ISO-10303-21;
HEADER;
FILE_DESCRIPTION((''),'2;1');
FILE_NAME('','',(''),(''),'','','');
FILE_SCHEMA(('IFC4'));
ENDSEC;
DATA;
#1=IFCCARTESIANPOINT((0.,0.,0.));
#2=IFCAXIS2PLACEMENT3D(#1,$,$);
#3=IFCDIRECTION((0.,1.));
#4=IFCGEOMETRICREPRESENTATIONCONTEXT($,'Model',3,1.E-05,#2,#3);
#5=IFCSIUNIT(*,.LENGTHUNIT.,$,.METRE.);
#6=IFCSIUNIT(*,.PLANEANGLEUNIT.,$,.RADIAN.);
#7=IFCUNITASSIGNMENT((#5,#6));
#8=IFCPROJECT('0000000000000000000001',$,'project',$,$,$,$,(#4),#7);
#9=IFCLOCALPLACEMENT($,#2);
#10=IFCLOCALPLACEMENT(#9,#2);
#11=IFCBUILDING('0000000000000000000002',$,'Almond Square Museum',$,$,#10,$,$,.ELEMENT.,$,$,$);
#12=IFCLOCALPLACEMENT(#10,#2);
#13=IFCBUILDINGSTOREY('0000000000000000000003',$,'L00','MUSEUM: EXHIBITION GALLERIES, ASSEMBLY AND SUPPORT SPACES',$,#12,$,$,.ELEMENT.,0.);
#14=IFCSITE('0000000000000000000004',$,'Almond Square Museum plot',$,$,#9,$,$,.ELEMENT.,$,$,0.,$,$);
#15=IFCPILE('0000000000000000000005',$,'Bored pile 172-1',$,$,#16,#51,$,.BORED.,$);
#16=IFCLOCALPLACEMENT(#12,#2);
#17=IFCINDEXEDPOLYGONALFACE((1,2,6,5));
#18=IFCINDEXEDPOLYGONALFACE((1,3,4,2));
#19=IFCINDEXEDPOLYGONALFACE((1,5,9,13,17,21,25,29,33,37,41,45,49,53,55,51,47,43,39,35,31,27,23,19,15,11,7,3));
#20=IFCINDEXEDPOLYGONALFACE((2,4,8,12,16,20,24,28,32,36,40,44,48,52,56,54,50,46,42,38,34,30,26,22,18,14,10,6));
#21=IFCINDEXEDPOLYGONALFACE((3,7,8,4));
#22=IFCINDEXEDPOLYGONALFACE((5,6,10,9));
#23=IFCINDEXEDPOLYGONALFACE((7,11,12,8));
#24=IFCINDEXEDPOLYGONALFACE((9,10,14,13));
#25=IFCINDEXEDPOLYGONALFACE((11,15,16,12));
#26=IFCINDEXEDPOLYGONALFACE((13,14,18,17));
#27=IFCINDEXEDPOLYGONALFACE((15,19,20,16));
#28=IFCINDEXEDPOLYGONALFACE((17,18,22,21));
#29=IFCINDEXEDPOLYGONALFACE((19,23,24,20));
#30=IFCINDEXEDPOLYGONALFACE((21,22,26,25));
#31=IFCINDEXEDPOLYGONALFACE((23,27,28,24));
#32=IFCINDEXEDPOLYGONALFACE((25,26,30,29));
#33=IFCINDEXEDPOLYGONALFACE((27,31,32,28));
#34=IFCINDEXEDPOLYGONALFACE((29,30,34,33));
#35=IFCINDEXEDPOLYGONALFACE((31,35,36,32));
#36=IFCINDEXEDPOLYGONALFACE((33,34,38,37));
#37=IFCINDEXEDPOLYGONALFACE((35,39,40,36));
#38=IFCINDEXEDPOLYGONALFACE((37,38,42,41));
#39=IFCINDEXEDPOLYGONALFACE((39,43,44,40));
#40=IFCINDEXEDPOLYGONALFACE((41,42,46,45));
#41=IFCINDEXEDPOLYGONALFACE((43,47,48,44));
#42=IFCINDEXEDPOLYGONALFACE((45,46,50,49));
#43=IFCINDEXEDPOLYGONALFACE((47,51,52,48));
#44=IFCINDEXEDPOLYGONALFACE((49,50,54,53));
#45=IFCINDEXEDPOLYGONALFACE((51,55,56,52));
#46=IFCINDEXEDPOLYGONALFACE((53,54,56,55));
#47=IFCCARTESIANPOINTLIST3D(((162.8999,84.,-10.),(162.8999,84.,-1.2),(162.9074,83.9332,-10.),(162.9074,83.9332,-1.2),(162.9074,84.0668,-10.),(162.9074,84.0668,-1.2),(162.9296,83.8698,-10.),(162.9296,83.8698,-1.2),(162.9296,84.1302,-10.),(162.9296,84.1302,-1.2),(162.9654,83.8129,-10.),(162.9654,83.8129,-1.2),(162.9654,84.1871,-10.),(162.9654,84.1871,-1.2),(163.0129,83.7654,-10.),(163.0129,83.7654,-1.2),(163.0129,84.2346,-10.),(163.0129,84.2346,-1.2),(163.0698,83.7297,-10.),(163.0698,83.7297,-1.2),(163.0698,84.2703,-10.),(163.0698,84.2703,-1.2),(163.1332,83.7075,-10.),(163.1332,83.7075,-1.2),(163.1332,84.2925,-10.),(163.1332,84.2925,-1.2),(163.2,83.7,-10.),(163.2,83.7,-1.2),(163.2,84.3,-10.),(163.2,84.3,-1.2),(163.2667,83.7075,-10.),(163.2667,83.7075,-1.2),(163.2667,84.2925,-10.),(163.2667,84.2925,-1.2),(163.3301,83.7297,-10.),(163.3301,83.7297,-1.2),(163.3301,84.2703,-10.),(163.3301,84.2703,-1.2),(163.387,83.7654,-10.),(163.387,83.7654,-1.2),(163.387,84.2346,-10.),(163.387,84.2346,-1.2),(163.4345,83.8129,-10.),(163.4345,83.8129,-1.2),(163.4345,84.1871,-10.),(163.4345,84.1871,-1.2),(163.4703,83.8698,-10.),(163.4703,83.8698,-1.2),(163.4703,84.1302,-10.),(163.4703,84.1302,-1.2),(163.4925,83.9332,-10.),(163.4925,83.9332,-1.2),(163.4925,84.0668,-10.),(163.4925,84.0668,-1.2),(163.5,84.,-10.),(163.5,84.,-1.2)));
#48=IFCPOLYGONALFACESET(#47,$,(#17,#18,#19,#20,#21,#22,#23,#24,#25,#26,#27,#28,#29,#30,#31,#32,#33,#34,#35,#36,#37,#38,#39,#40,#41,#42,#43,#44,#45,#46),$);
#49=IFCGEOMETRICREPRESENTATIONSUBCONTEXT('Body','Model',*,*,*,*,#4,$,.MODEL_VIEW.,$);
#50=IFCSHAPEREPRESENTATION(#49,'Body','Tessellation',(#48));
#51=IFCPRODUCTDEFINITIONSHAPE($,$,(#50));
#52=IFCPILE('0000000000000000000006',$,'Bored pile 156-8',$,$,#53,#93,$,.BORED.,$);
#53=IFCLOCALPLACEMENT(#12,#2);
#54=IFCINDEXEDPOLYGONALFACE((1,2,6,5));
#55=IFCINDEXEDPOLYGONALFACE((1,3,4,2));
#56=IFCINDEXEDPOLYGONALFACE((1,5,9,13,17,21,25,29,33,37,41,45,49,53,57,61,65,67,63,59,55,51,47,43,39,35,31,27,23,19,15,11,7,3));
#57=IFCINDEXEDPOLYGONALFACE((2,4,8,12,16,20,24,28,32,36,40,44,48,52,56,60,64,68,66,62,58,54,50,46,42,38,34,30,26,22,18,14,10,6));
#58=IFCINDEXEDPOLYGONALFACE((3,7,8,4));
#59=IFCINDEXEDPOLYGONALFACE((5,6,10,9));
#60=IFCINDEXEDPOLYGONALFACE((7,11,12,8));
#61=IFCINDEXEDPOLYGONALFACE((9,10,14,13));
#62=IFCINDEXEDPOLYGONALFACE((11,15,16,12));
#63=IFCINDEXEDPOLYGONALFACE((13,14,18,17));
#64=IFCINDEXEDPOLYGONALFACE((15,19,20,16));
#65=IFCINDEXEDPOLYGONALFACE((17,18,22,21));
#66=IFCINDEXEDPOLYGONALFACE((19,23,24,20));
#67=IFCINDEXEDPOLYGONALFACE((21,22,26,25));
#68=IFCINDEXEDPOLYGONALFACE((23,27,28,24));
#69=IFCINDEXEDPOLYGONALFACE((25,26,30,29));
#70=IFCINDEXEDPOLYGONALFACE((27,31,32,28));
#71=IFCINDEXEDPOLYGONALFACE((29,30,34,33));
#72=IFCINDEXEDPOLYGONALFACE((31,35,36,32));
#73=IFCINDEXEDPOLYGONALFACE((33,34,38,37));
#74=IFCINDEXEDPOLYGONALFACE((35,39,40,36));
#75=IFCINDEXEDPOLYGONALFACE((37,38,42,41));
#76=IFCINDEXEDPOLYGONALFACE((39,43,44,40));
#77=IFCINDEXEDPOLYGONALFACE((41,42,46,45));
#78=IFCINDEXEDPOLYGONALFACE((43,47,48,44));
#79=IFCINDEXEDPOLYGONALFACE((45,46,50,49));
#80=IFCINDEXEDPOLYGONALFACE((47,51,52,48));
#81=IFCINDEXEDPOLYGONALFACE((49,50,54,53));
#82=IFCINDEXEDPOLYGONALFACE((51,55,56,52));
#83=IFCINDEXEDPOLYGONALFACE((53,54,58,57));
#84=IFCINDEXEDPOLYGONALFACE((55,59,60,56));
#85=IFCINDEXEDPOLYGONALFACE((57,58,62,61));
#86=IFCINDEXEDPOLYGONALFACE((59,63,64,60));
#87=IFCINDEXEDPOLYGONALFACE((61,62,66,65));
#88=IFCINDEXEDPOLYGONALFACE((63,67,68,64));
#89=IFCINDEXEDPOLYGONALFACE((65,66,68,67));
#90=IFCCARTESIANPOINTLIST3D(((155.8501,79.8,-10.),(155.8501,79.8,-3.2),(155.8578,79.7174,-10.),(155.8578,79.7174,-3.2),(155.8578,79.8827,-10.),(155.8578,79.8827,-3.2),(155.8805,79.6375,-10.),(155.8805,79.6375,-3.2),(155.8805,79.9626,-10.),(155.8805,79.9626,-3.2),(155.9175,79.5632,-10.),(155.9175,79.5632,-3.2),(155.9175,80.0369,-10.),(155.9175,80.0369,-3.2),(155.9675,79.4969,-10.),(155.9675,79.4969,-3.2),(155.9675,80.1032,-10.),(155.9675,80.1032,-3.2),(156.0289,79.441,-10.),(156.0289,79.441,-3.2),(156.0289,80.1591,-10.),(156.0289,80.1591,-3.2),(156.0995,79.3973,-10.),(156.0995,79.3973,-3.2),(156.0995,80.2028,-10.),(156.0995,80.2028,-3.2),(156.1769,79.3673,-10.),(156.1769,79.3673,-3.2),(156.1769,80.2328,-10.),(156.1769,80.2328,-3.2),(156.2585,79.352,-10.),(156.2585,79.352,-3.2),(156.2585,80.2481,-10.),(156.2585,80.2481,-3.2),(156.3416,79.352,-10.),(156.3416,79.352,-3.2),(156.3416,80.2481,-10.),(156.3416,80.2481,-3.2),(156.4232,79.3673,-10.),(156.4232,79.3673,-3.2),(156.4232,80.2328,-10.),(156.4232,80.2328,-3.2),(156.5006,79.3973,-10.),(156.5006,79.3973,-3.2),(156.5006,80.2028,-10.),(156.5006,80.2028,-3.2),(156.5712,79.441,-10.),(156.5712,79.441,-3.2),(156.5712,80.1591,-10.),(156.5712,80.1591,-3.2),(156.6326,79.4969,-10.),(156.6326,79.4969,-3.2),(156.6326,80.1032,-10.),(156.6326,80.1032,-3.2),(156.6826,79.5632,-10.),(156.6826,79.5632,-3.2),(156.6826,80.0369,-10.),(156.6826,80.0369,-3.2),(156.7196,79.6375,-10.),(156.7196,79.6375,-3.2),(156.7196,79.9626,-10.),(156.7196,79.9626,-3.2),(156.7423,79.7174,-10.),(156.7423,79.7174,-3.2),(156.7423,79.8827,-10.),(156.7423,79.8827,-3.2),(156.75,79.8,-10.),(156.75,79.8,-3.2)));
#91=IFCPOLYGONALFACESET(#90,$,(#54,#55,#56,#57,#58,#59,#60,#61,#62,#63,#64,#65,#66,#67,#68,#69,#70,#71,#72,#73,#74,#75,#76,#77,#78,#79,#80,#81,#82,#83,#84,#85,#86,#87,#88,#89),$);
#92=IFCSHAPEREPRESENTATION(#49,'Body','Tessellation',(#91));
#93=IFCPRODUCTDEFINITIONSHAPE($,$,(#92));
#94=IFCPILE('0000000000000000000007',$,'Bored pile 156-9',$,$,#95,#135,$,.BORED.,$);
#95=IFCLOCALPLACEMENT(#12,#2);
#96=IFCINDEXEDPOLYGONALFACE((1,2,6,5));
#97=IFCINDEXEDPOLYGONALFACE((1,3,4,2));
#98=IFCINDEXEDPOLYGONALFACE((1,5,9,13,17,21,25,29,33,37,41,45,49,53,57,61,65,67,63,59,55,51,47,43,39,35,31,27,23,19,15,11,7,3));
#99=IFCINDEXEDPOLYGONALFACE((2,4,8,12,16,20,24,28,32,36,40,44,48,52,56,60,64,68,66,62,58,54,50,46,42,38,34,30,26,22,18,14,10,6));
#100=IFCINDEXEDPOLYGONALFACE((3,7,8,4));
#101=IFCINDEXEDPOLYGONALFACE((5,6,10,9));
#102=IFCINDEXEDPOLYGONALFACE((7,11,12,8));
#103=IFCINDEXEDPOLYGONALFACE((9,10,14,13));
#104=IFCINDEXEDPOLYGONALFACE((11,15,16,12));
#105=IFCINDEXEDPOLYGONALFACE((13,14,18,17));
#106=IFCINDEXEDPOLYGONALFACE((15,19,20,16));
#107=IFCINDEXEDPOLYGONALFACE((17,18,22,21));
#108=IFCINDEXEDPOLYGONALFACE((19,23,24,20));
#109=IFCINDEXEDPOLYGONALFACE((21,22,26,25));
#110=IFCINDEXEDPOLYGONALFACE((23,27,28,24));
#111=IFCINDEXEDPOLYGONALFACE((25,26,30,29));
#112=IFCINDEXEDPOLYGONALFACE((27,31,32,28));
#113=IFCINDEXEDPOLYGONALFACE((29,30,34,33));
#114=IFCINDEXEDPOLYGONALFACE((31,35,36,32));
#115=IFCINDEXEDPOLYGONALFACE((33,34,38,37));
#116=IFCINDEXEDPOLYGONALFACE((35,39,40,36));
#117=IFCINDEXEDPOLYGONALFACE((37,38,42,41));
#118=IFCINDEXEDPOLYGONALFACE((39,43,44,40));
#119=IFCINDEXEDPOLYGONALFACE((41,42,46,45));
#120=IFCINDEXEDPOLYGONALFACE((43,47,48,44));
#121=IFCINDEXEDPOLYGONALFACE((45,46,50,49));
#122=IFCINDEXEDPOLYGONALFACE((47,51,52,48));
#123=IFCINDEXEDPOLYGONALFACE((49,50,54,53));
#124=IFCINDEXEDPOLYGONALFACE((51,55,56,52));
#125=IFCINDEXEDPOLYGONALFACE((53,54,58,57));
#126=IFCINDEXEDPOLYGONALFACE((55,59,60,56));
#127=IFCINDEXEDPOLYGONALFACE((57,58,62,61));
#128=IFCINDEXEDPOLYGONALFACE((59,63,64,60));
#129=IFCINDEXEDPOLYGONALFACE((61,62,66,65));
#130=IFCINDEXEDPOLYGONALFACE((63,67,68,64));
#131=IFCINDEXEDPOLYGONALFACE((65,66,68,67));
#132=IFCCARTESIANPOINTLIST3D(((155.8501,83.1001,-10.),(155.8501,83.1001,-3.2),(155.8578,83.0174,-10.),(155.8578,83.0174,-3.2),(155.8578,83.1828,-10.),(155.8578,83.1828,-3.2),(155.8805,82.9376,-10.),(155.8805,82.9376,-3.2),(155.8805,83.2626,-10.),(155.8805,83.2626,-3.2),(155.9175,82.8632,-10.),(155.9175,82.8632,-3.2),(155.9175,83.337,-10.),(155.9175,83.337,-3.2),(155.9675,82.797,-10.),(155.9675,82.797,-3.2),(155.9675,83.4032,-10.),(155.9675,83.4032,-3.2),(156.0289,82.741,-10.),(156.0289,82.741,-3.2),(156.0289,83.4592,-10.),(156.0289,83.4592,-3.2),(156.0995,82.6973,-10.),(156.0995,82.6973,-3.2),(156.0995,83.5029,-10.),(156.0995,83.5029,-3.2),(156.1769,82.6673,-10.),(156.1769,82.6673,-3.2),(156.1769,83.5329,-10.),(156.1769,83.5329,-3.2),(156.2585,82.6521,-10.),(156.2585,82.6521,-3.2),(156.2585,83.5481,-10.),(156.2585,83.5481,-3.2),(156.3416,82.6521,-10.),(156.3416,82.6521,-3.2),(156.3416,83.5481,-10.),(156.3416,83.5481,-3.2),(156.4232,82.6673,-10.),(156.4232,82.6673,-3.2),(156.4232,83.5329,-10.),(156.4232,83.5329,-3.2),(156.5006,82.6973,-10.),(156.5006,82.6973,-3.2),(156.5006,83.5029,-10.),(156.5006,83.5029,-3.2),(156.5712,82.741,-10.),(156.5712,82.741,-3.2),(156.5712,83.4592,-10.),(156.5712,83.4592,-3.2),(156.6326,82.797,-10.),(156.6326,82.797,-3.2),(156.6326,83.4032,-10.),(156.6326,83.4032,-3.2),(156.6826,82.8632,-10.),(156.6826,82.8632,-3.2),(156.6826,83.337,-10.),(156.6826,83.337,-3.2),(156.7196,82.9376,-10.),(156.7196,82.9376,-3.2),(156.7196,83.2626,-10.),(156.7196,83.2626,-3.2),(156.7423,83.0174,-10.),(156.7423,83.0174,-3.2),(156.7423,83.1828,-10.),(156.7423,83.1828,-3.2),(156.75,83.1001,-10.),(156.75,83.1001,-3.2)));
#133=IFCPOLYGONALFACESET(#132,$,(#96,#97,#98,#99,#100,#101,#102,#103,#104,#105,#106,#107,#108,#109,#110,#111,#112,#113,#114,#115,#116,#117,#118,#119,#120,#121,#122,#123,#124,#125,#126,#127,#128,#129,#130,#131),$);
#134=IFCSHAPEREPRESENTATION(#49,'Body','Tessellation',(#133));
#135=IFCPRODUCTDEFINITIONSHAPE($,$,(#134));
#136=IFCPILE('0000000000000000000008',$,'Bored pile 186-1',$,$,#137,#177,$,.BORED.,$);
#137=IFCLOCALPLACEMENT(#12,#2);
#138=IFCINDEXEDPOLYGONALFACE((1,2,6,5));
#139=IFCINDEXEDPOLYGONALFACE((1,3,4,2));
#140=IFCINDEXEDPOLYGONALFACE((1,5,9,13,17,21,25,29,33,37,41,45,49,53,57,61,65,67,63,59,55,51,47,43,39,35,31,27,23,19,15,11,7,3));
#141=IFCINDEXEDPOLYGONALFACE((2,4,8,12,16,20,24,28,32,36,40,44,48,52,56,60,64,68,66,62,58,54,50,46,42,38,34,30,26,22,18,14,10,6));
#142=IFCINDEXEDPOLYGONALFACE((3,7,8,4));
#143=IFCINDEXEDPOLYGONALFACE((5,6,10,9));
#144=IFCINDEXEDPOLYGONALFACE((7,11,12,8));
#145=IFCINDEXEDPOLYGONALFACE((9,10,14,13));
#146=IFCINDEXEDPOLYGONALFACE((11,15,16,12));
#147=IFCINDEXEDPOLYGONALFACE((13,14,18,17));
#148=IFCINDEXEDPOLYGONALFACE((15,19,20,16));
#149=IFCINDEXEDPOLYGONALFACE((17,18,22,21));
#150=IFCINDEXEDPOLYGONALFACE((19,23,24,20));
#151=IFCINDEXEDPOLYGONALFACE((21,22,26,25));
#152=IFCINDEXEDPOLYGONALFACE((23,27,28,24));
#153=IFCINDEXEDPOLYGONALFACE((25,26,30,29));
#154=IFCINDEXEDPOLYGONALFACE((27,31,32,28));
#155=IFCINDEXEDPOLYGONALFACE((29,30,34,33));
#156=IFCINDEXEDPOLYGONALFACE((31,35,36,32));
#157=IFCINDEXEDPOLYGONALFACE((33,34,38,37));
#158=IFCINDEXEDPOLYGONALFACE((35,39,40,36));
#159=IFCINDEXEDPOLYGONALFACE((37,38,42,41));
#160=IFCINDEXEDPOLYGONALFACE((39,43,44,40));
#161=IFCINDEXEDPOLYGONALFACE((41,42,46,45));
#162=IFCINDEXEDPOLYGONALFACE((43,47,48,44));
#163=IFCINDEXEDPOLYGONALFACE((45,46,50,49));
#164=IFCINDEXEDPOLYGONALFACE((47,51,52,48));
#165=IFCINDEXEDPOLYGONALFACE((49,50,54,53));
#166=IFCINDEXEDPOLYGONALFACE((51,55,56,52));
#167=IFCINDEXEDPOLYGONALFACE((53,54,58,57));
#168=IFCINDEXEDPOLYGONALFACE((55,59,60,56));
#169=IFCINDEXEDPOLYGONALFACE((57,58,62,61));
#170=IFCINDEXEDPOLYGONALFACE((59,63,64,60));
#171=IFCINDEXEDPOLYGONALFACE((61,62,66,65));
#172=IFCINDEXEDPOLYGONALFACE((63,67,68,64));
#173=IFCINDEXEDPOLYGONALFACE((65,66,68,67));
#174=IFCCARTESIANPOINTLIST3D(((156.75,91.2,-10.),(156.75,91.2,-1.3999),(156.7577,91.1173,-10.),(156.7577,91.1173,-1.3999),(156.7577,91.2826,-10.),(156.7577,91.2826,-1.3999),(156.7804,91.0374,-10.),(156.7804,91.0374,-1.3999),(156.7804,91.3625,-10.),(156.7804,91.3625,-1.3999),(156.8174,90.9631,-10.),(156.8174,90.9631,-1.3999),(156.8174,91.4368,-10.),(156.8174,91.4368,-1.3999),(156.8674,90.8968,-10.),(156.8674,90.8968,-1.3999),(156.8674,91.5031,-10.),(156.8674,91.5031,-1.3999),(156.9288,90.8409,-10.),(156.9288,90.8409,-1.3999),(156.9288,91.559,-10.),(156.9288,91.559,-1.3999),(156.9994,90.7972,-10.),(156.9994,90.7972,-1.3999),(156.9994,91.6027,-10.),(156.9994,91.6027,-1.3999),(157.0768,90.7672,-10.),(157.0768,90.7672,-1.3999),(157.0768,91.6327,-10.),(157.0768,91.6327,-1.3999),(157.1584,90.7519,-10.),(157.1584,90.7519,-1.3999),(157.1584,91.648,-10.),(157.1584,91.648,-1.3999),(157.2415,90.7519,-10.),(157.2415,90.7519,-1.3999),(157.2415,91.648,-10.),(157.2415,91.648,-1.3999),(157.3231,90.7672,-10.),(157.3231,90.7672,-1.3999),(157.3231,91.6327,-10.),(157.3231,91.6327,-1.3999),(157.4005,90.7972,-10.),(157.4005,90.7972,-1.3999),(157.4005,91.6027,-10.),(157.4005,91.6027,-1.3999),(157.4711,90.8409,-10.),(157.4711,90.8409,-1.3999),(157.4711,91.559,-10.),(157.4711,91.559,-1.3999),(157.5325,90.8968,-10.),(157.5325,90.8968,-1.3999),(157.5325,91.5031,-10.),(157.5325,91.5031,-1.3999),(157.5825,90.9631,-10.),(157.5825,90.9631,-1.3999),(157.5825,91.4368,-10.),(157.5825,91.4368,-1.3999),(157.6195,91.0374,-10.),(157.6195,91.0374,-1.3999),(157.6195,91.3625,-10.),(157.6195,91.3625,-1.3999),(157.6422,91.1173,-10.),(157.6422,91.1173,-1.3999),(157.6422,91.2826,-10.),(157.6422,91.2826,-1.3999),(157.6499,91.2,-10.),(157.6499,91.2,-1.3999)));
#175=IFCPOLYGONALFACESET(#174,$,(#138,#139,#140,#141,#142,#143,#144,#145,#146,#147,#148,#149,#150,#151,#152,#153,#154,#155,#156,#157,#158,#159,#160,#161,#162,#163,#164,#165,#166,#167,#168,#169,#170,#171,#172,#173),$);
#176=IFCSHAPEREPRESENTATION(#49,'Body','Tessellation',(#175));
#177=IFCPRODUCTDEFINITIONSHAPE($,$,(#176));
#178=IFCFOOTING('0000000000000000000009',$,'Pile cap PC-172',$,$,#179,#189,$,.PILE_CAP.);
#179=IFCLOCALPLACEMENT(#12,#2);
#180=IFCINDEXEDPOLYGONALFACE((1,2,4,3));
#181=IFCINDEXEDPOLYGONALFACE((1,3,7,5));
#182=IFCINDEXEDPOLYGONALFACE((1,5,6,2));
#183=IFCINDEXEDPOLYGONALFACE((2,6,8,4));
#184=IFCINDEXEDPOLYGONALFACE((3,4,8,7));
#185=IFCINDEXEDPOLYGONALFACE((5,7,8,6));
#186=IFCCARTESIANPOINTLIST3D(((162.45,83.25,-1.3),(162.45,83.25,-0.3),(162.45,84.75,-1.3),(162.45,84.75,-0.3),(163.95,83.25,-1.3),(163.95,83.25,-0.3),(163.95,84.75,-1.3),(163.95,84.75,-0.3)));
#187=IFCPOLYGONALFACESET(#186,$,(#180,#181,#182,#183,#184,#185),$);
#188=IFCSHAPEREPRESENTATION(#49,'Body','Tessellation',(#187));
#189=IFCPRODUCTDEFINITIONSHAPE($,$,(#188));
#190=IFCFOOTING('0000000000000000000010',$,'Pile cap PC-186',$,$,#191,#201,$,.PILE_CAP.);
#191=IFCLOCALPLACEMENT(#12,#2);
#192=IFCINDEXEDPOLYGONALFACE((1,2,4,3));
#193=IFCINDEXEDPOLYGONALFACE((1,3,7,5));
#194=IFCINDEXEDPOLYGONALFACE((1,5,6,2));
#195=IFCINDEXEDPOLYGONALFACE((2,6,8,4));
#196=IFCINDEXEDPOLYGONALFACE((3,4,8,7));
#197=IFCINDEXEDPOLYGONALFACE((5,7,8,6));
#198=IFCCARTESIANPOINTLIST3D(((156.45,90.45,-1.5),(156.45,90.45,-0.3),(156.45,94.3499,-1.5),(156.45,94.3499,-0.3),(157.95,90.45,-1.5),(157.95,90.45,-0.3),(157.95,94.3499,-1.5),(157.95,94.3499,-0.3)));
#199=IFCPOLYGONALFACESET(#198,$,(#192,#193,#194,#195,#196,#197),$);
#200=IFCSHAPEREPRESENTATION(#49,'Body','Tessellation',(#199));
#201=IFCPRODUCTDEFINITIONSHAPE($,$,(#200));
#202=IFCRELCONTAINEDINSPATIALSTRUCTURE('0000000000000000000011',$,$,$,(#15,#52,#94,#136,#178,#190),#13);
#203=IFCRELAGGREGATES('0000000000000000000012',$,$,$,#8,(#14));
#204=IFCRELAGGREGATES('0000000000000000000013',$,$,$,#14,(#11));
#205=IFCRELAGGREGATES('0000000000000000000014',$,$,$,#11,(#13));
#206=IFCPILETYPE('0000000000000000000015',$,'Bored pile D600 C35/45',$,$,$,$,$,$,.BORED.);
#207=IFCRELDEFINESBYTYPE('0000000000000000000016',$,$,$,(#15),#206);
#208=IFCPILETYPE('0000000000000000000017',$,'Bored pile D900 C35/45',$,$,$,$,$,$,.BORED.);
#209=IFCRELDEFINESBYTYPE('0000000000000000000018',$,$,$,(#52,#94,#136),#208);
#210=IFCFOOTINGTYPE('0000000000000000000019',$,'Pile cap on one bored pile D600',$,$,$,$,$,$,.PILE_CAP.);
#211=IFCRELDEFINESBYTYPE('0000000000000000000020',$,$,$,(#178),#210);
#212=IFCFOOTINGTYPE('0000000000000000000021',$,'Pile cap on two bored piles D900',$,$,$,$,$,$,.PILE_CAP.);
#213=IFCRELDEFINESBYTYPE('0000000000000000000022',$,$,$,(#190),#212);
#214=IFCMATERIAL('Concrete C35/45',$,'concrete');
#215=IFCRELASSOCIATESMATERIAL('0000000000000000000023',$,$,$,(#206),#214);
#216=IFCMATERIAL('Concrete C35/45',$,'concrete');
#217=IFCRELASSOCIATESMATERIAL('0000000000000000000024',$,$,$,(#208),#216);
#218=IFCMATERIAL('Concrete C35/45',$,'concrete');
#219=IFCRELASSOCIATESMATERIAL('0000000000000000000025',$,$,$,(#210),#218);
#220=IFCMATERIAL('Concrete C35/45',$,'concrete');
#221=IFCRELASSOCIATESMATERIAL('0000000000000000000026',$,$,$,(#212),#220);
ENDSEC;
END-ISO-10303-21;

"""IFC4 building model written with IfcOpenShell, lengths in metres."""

from ifc_helpers import new_model, si_unit, direction, frame, origin, origin_2d, place, context, subcontext, project, spatial, rectangle, circle, extrude, material, material_profile, profile_set, type_object, element, save


model = new_model("IFC4")

# Units and contexts
model_context = context("Model", 3, precision=1e-05, world=origin(), true_north=direction((0.0, 1.0)))
body_context = subcontext(model_context, "Body", "Model", "MODEL_VIEW")
ifc_project = project(units=[si_unit("LENGTHUNIT", "METRE"), si_unit("PLANEANGLEUNIT", "RADIAN")], contexts=[model_context])

# Site, building, storey
site_placement = place(None, origin())
site = spatial("IfcSite", under=ifc_project, at=site_placement, Name="Almond Square Museum plot", CompositionType="ELEMENT", RefElevation=0.0)
building_placement = place(site_placement, origin())
building = spatial("IfcBuilding", under=site, at=building_placement, Name="Almond Square Museum", CompositionType="ELEMENT")
storey_placement = place(building_placement, origin())
storey = spatial("IfcBuildingStorey", under=building, at=storey_placement, Name="L00", Description="MUSEUM: EXHIBITION GALLERIES, ASSEMBLY AND SUPPORT SPACES", CompositionType="ELEMENT", Elevation=0.0)

# Piles
ifc_material_1 = material(Name="Concrete C35/45", Category="concrete")
ifc_material_profile_1 = material_profile(ifc_material_1, circle(Radius=0.3, at=origin_2d()))
ifc_profile_set_1 = profile_set([ifc_material_profile_1], Name="Concrete C35/45")
pile_type_1 = type_object("IfcPileType", Name="Bored pile D600 C35/45", PredefinedType="BORED", material=ifc_profile_set_1)
pile_1_placement = place(storey_placement, frame((163.2, 84.0, -1.2), z_axis=(0.0, 0.0, -1.0), x_axis=(1.0, 0.0, 0.0)))
element("IfcPile", 1, at=pile_1_placement, inside=storey, type_object=pile_type_1, Name="Bored pile 172-1", PredefinedType="BORED", context=body_context, shape_type="SweptSolid", body=[
    extrude(circle(Radius=0.3, at=origin_2d()), origin(), (0.0, 0.0, 1.0), 8.8),
])
ifc_material_2 = material(Name="Concrete C35/45", Category="concrete")
ifc_material_profile_2 = material_profile(ifc_material_2, circle(Radius=0.45, at=origin_2d()))
ifc_profile_set_2 = profile_set([ifc_material_profile_2], Name="Concrete C35/45")
pile_type_2 = type_object("IfcPileType", Name="Bored pile D900 C35/45", PredefinedType="BORED", material=ifc_profile_set_2)
for number, where, z_axis, x_axis, name in (
    (2, (156.3, 79.8, -3.2), (0.0, 0.0, -1.0), (1.0, 0.0, 0.0), "Bored pile 156-8"),
    (3, (156.3, 83.1001, -3.2), (0.0, 0.0, -1.0), (1.0, 0.0, 0.0), "Bored pile 156-9"),
):
    element("IfcPile", number, at=place(storey_placement, frame(where, z_axis=z_axis, x_axis=x_axis)), inside=storey, type_object=pile_type_2, Name=name, PredefinedType="BORED", context=body_context, shape_type="SweptSolid", body=[
        extrude(circle(Radius=0.45, at=origin_2d()), origin(), (0.0, 0.0, 1.0), 6.8),
    ])
pile_2_placement = place(storey_placement, frame((157.2, 91.2, -1.3999), z_axis=(0.0, 0.0, -1.0), x_axis=(1.0, 0.0, 0.0)))
element("IfcPile", 4, at=pile_2_placement, inside=storey, type_object=pile_type_2, Name="Bored pile 186-1", PredefinedType="BORED", context=body_context, shape_type="SweptSolid", body=[
    extrude(circle(Radius=0.45, at=origin_2d()), origin(), (0.0, 0.0, 1.0), 8.6001),
])

# Footings
ifc_material_3 = material(Name="Concrete C35/45", Category="concrete")
footing_type_1 = type_object("IfcFootingType", Name="Pile cap on one bored pile D600", PredefinedType="PILE_CAP", material=ifc_material_3)
footing_1_placement = place(storey_placement, frame((163.2, 84.0, -1.3), z_axis=(0.0, 0.0, 1.0), x_axis=(1.0, 0.0, 0.0)))
element("IfcFooting", 5, at=footing_1_placement, inside=storey, type_object=footing_type_1, Name="Pile cap PC-172", PredefinedType="PILE_CAP", context=body_context, shape_type="SweptSolid", body=[
    extrude(rectangle(XDim=1.5, YDim=1.5, at=origin_2d()), origin(), (0.0, 0.0, 1.0), 1.0),
])
ifc_material_4 = material(Name="Concrete C35/45", Category="concrete")
footing_type_2 = type_object("IfcFootingType", Name="Pile cap on two bored piles D900", PredefinedType="PILE_CAP", material=ifc_material_4)
footing_2_placement = place(storey_placement, frame((157.2, 92.3999, -1.5), z_axis=(0.0, 0.0, 1.0), x_axis=(1.0, 0.0, 0.0)))
element("IfcFooting", 6, at=footing_2_placement, inside=storey, type_object=footing_type_2, Name="Pile cap PC-186", PredefinedType="PILE_CAP", context=body_context, shape_type="SweptSolid", body=[
    extrude(rectangle(XDim=1.5, YDim=3.8999, at=origin_2d()), origin(), (0.0, 0.0, 1.0), 1.2),
])

save(model, "model.ifc")
